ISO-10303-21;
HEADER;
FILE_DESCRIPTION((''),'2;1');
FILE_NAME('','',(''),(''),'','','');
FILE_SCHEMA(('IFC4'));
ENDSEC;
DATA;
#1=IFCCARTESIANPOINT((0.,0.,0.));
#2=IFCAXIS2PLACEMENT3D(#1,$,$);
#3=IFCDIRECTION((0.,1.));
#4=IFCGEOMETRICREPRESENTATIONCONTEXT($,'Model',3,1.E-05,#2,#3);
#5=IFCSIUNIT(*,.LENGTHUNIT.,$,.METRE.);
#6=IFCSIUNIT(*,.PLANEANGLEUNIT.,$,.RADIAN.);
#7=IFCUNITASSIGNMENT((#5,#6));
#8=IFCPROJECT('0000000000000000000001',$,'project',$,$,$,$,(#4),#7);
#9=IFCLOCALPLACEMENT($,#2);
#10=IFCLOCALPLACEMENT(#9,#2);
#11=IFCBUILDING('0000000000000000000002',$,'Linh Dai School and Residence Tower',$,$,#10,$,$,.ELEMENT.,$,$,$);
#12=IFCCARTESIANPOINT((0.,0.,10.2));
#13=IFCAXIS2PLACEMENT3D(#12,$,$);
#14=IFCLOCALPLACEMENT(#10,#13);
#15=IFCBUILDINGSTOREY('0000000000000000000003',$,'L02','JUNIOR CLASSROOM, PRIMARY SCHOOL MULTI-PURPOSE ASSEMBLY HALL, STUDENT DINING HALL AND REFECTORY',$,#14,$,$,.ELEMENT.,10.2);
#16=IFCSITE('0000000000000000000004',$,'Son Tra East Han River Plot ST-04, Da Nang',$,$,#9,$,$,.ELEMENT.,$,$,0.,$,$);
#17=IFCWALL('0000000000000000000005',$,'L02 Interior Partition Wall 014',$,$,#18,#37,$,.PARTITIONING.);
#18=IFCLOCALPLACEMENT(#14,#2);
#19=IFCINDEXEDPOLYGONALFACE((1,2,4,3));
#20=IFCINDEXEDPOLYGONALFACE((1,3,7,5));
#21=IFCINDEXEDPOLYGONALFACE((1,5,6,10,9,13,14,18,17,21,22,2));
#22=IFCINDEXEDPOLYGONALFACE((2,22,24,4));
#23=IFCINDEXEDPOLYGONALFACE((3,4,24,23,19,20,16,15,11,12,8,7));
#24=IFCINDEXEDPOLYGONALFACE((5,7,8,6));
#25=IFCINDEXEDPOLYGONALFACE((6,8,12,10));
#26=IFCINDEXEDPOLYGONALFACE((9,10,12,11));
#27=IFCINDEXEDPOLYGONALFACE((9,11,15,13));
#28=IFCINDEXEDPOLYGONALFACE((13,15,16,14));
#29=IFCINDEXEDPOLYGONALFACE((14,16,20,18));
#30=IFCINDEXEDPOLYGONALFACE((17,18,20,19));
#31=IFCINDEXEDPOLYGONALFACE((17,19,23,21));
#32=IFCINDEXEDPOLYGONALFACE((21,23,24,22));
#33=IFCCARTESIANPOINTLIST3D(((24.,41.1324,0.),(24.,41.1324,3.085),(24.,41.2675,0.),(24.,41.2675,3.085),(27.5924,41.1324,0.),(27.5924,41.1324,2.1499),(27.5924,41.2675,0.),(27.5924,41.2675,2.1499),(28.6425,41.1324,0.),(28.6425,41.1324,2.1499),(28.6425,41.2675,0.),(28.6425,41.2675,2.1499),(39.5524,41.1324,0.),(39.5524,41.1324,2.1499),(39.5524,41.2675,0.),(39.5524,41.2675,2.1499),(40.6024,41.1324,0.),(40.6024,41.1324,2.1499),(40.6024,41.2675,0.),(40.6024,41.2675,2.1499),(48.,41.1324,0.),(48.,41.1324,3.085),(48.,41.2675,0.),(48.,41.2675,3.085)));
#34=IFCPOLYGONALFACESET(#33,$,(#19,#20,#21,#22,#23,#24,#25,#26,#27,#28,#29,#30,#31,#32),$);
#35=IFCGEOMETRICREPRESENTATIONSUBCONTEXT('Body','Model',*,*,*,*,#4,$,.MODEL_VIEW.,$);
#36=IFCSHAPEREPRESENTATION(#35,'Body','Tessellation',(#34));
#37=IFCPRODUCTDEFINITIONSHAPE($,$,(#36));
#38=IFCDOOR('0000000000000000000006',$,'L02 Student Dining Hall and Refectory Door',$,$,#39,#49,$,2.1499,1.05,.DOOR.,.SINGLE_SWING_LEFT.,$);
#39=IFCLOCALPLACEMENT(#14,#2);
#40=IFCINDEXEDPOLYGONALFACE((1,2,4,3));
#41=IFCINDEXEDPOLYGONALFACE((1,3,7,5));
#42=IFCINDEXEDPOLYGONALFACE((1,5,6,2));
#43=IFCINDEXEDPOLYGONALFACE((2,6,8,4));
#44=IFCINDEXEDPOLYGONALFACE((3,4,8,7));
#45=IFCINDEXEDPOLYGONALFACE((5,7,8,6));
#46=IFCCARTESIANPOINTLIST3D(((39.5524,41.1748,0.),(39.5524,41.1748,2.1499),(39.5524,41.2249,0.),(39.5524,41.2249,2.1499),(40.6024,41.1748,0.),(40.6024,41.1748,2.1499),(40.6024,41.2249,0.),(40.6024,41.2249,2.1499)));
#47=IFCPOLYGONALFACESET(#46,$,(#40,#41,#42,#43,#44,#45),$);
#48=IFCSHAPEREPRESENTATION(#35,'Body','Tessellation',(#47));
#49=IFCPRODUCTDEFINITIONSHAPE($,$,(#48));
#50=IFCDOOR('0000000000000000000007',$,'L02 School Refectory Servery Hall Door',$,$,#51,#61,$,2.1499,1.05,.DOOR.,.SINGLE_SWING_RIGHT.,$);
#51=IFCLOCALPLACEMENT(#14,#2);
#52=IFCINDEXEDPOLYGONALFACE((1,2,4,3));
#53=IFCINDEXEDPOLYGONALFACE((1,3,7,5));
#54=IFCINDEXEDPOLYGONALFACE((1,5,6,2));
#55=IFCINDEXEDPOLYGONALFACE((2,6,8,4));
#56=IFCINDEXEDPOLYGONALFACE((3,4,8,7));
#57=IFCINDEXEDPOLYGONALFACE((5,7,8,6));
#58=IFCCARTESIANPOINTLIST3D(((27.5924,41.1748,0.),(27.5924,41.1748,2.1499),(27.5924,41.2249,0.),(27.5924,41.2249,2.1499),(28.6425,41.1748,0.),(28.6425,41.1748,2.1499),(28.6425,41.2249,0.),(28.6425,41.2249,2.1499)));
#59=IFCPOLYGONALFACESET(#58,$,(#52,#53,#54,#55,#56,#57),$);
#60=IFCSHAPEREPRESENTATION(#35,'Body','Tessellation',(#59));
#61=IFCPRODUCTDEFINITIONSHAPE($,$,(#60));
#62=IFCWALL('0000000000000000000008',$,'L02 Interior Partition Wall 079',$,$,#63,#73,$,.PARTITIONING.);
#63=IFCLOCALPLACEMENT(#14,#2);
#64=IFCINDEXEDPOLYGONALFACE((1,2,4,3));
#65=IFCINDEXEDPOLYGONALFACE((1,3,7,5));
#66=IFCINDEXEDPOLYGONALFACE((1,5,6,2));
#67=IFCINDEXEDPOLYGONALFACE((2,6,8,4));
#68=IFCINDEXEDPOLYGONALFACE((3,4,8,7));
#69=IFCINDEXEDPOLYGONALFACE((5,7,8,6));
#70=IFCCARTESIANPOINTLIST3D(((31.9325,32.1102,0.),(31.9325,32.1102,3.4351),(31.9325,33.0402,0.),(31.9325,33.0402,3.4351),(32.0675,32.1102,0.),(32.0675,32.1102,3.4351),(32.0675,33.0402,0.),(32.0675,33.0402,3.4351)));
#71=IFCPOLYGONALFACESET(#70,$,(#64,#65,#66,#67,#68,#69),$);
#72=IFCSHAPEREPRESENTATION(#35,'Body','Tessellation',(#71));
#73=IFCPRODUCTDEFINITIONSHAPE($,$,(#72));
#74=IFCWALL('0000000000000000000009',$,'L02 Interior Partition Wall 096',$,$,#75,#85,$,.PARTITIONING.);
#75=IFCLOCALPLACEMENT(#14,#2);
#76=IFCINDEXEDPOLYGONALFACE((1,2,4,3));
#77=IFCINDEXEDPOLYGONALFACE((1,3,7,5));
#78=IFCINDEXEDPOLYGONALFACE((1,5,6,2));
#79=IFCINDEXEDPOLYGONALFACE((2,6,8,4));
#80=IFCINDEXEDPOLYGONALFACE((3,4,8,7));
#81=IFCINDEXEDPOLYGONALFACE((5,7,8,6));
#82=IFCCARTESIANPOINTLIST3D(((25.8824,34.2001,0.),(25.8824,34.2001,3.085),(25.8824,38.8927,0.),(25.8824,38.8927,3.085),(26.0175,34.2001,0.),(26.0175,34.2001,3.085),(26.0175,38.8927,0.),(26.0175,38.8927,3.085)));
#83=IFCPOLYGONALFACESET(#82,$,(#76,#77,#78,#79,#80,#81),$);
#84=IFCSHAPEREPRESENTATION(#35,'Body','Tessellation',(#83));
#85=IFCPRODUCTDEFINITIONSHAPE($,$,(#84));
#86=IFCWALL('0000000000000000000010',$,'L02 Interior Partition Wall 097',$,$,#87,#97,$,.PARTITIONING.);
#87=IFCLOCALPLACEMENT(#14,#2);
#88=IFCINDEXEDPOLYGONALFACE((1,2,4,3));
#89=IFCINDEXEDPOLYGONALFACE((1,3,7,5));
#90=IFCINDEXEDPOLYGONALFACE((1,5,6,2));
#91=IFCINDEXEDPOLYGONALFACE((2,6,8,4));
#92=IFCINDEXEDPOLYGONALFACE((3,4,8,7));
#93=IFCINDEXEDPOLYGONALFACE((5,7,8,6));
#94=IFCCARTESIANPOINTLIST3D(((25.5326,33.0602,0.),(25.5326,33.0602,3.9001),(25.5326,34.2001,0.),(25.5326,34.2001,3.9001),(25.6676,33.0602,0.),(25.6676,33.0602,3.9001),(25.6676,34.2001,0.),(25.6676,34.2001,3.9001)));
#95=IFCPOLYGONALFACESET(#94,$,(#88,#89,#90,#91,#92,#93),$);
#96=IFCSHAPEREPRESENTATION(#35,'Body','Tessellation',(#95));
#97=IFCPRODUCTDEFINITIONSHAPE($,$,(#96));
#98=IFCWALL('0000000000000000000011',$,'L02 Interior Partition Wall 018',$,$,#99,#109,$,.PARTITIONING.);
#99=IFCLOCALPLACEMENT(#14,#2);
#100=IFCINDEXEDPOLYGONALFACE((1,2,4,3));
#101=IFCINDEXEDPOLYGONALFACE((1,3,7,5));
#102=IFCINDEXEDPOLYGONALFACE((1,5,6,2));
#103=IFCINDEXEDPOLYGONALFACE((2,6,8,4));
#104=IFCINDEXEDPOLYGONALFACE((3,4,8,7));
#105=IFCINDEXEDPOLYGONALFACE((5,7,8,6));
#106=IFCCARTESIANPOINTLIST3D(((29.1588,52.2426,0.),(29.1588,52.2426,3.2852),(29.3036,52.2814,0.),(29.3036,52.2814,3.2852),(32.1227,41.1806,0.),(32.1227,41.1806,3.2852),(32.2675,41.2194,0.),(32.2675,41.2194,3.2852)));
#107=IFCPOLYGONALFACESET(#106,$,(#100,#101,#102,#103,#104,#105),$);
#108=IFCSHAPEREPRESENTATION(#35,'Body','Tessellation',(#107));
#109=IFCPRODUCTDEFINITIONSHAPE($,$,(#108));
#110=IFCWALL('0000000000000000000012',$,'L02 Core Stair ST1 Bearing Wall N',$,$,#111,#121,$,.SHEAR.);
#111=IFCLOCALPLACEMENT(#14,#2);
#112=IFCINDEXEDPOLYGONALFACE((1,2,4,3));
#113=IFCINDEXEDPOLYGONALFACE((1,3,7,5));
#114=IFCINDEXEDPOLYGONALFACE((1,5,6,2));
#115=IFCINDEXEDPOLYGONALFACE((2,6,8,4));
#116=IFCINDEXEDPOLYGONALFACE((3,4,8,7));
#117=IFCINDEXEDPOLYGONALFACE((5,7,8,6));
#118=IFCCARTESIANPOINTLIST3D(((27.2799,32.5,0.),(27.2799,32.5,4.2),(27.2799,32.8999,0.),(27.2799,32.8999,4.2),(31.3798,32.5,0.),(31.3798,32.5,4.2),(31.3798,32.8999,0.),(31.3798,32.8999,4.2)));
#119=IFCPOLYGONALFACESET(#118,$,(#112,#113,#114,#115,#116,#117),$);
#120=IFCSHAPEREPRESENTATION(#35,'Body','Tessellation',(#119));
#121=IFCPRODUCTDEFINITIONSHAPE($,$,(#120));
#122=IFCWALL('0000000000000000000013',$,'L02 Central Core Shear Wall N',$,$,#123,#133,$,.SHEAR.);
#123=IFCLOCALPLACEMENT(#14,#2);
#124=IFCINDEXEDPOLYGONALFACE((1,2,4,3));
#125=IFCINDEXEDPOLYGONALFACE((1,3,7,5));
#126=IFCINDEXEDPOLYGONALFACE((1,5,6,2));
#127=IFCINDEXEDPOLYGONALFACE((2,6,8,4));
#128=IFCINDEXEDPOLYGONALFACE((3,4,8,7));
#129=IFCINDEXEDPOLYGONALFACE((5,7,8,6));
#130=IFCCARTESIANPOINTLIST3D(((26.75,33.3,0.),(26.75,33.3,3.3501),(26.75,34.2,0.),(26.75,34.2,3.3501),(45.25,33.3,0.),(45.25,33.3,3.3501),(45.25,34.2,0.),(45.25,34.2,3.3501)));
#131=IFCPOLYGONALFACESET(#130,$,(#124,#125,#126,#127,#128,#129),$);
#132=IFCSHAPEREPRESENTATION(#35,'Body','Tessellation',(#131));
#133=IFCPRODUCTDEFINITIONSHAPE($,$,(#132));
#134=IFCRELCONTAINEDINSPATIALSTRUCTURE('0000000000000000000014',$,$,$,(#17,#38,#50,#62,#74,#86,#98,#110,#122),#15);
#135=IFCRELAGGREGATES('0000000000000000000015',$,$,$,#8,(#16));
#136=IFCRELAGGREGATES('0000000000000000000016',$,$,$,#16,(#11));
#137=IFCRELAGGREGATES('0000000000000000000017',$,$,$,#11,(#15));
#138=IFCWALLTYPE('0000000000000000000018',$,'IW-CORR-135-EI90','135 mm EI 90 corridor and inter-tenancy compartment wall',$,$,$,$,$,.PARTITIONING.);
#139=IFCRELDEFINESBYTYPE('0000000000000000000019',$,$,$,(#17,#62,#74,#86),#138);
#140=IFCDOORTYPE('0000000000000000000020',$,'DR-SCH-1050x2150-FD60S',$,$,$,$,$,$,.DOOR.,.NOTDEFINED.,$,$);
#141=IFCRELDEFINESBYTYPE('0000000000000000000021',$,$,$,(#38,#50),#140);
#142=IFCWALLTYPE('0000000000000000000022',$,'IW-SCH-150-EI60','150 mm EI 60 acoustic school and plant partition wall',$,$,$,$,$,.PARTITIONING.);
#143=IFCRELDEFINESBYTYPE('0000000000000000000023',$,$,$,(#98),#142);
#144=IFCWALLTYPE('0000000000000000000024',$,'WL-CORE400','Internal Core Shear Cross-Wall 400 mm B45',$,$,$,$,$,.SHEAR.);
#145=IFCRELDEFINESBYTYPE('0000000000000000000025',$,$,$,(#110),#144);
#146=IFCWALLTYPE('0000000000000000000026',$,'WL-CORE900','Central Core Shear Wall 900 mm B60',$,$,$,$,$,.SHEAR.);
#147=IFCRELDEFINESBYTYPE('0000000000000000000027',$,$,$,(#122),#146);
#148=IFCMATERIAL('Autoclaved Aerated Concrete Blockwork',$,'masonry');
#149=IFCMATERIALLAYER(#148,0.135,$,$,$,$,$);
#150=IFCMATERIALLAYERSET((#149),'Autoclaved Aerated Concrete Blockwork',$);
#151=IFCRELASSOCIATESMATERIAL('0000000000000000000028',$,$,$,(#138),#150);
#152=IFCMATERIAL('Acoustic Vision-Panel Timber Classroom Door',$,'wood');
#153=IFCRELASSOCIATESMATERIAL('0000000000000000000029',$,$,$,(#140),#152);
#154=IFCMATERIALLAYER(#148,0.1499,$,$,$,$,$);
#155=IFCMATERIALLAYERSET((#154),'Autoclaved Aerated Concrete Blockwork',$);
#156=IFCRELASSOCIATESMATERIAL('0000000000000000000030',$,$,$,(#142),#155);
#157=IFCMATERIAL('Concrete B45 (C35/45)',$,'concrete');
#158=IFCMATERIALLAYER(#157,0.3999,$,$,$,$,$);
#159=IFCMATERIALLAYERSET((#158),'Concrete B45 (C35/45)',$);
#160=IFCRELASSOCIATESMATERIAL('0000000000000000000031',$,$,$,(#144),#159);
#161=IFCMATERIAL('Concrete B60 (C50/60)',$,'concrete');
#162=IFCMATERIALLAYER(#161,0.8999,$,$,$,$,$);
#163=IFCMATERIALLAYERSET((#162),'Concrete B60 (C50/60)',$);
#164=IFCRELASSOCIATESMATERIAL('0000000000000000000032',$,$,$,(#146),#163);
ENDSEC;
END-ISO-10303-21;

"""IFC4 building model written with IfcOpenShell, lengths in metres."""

from ifc_helpers import new_model, si_unit, direction, frame, frame_2d, origin, origin_2d, place, context, subcontext, project, spatial, rectangle, extrude, source, transform, mapped, material, layer, layer_set, type_object, element, fill, save


model = new_model("IFC4")

# Units and contexts
model_context = context("Model", 3, precision=1e-05, world=origin(), true_north=direction((0.0, 1.0)))
body_context = subcontext(model_context, "Body", "Model", "MODEL_VIEW")
ifc_project = project(units=[si_unit("LENGTHUNIT", "METRE"), si_unit("PLANEANGLEUNIT", "RADIAN")], contexts=[model_context])

# Site, building, storey
site_placement = place(None, origin())
site = spatial("IfcSite", under=ifc_project, at=site_placement, Name="Son Tra East Han River Plot ST-04, Da Nang", CompositionType="ELEMENT", RefElevation=0.0)
building_placement = place(site_placement, origin())
building = spatial("IfcBuilding", under=site, at=building_placement, Name="Linh Dai School and Residence Tower", CompositionType="ELEMENT")
storey_placement = place(building_placement, frame((0.0, 0.0, 10.2)))
storey = spatial("IfcBuildingStorey", under=building, at=storey_placement, Name="L02", Description="JUNIOR CLASSROOM, PRIMARY SCHOOL MULTI-PURPOSE ASSEMBLY HALL, STUDENT DINING HALL AND REFECTORY", CompositionType="ELEMENT", Elevation=10.2)

# Shared definitions
ifc_material_1 = material(Name="Concrete B60 (C50/60)", Category="concrete")

# Wall, openings, doors
ifc_material_2 = material(Name="Autoclaved Aerated Concrete Blockwork", Category="masonry")
ifc_layer_1 = layer(ifc_material_2, 0.135)
ifc_layer_set_1 = layer_set([ifc_layer_1], Name="Autoclaved Aerated Concrete Blockwork")
wall_type_1 = type_object("IfcWallType", Name="IW-CORR-135-EI90", Description="135 mm EI 90 corridor and inter-tenancy compartment wall", PredefinedType="PARTITIONING", material=ifc_layer_set_1)
ifc_material_3 = material(Name="Acoustic Vision-Panel Timber Classroom Door", Category="wood")
door_type = type_object("IfcDoorType", Name="DR-SCH-1050x2150-FD60S", OperationType="NOTDEFINED", PredefinedType="DOOR", material=ifc_material_3)
shared_shape_1 = source(origin(), body_context, "Body", "SweptSolid", [
    extrude(rectangle(XDim=1.05, YDim=2.1499, at=origin_2d()), frame((0.5249, 0.0249, 1.075), z_axis=(0.0, -1.0, 0.0), x_axis=(1.0, 0.0, 0.0)), (0.0, 0.0, 1.0), 0.05),
])
wall_1_placement = place(storey_placement, frame((24.0, 41.2, 0.0), z_axis=(0.0, 0.0, 1.0), x_axis=(1.0, 0.0, 0.0)))
wall_1 = element("IfcWall", 1, at=wall_1_placement, inside=storey, type_object=wall_type_1, Name="L02 Interior Partition Wall 014", PredefinedType="PARTITIONING", context=body_context, shape_type="SweptSolid", body=[
    extrude(rectangle(XDim=24.0, YDim=0.135, at=frame_2d((12.0, 0.0))), origin(), (0.0, 0.0, 1.0), 3.085),
])
opening_1_placement = place(wall_1_placement, frame((15.5525, 0.0, 0.0)))
opening_1 = element("IfcOpeningElement", 2, at=opening_1_placement, cuts=wall_1, PredefinedType="OPENING", context=body_context, shape_type="SweptSolid", body=[
    extrude(rectangle(XDim=1.05, YDim=2.1499, at=origin_2d()), frame((0.5249, 0.0776, 1.075), z_axis=(0.0, -1.0, 0.0), x_axis=(1.0, 0.0, 0.0)), (0.0, 0.0, 1.0), 0.155),
])
opening_2_placement = place(wall_1_placement, frame((3.5925, 0.0, 0.0)))
opening_2 = element("IfcOpeningElement", 3, at=opening_2_placement, cuts=wall_1, PredefinedType="OPENING", context=body_context, shape_type="SweptSolid", body=[
    extrude(rectangle(XDim=1.05, YDim=2.1499, at=origin_2d()), frame((0.5249, 0.0776, 1.075), z_axis=(0.0, -1.0, 0.0), x_axis=(1.0, 0.0, 0.0)), (0.0, 0.0, 1.0), 0.155),
])
door_1_placement = place(opening_1_placement, origin())
door_1 = element("IfcDoor", 4, at=door_1_placement, inside=storey, type_object=door_type, Name="L02 Student Dining Hall and Refectory Door", OperationType="SINGLE_SWING_LEFT", OverallHeight=2.1499, OverallWidth=1.05, PredefinedType="DOOR", context=body_context, shape_type="MappedRepresentation", body=[
    mapped(shared_shape_1, transform((0.0, 0.0, 0.0), x_axis=(1.0, 0.0, 0.0), y_axis=(0.0, 1.0, 0.0), z_axis=(0.0, 0.0, 1.0), scale=1.0)),
])
fill(opening_1, door_1)
door_2_placement = place(opening_2_placement, origin())
door_2 = element("IfcDoor", 5, at=door_2_placement, inside=storey, type_object=door_type, Name="L02 School Refectory Servery Hall Door", OperationType="SINGLE_SWING_RIGHT", OverallHeight=2.1499, OverallWidth=1.05, PredefinedType="DOOR", context=body_context, shape_type="MappedRepresentation", body=[
    mapped(shared_shape_1, transform((0.0, 0.0, 0.0), x_axis=(1.0, 0.0, 0.0), y_axis=(0.0, 1.0, 0.0), z_axis=(0.0, 0.0, 1.0), scale=1.0)),
])
fill(opening_2, door_2)

# Walls
wall_2_placement = place(storey_placement, frame((32.0, 33.04, 0.0), z_axis=(0.0, 0.0, 1.0), x_axis=(0.0, -1.0, 0.0)))
element("IfcWall", 6, at=wall_2_placement, inside=storey, type_object=wall_type_1, Name="L02 Interior Partition Wall 079", PredefinedType="PARTITIONING", context=body_context, shape_type="SweptSolid", body=[
    extrude(rectangle(XDim=0.9299, YDim=0.135, at=frame_2d((0.4648, 0.0))), origin(), (0.0, 0.0, 1.0), 3.4351),
])
wall_3_placement = place(storey_placement, frame((25.95, 38.8926, 0.0), z_axis=(0.0, 0.0, 1.0), x_axis=(0.0, -1.0, 0.0)))
element("IfcWall", 7, at=wall_3_placement, inside=storey, type_object=wall_type_1, Name="L02 Interior Partition Wall 096", PredefinedType="PARTITIONING", context=body_context, shape_type="SweptSolid", body=[
    extrude(rectangle(XDim=4.6926, YDim=0.135, at=frame_2d((2.3462, 0.0))), origin(), (0.0, 0.0, 1.0), 3.085),
])
wall_4_placement = place(storey_placement, frame((25.6001, 34.2, 0.0), z_axis=(0.0, 0.0, 1.0), x_axis=(0.0, -1.0, 0.0)))
element("IfcWall", 8, at=wall_4_placement, inside=storey, type_object=wall_type_1, Name="L02 Interior Partition Wall 097", PredefinedType="PARTITIONING", context=body_context, shape_type="SweptSolid", body=[
    extrude(rectangle(XDim=1.1399, YDim=0.135, at=frame_2d((0.5698, 0.0))), origin(), (0.0, 0.0, 1.0), 3.9001),
])
ifc_layer_2 = layer(ifc_material_2, 0.1499)
ifc_layer_set_2 = layer_set([ifc_layer_2], Name="Autoclaved Aerated Concrete Blockwork")
wall_type_2 = type_object("IfcWallType", Name="IW-SCH-150-EI60", Description="150 mm EI 60 acoustic school and plant partition wall", PredefinedType="PARTITIONING", material=ifc_layer_set_2)
wall_5_placement = place(storey_placement, frame((29.2312, 52.262, 0.0), z_axis=(0.0, 0.0, 1.0), x_axis=(0.258804, -0.96593, 0.0)))
element("IfcWall", 9, at=wall_5_placement, inside=storey, type_object=wall_type_2, Name="L02 Interior Partition Wall 018", PredefinedType="PARTITIONING", context=body_context, shape_type="SweptSolid", body=[
    extrude(rectangle(XDim=11.4521, YDim=0.1499, at=frame_2d((5.7261, 0.0))), origin(), (0.0, 0.0, 1.0), 3.2852),
])
ifc_material_4 = material(Name="Concrete B45 (C35/45)", Category="concrete")
ifc_layer_3 = layer(ifc_material_4, 0.3999)
ifc_layer_set_3 = layer_set([ifc_layer_3], Name="Concrete B45 (C35/45)")
wall_type_3 = type_object("IfcWallType", Name="WL-CORE400", Description="Internal Core Shear Cross-Wall 400 mm B45", PredefinedType="SHEAR", material=ifc_layer_set_3)
wall_6_placement = place(storey_placement, frame((27.28, 32.7, 0.0), z_axis=(0.0, 0.0, 1.0), x_axis=(1.0, 0.0, 0.0)))
element("IfcWall", 10, at=wall_6_placement, inside=storey, type_object=wall_type_3, Name="L02 Core Stair ST1 Bearing Wall N", PredefinedType="SHEAR", context=body_context, shape_type="SweptSolid", body=[
    extrude(rectangle(XDim=4.0999, YDim=0.3999, at=frame_2d((2.0498, 0.0))), origin(), (0.0, 0.0, 1.0), 4.2),
])
ifc_layer_4 = layer(ifc_material_1, 0.8999)
ifc_layer_set_4 = layer_set([ifc_layer_4], Name="Concrete B60 (C50/60)")
wall_type_4 = type_object("IfcWallType", Name="WL-CORE900", Description="Central Core Shear Wall 900 mm B60", PredefinedType="SHEAR", material=ifc_layer_set_4)
wall_7_placement = place(storey_placement, frame((26.75, 33.75, 0.0), z_axis=(0.0, 0.0, 1.0), x_axis=(1.0, 0.0, 0.0)))
element("IfcWall", 11, at=wall_7_placement, inside=storey, type_object=wall_type_4, Name="L02 Central Core Shear Wall N", PredefinedType="SHEAR", context=body_context, shape_type="SweptSolid", body=[
    extrude(rectangle(XDim=18.5, YDim=0.8999, at=frame_2d((9.25, 0.0))), origin(), (0.0, 0.0, 1.0), 3.3501),
])

save(model, "model.ifc")
